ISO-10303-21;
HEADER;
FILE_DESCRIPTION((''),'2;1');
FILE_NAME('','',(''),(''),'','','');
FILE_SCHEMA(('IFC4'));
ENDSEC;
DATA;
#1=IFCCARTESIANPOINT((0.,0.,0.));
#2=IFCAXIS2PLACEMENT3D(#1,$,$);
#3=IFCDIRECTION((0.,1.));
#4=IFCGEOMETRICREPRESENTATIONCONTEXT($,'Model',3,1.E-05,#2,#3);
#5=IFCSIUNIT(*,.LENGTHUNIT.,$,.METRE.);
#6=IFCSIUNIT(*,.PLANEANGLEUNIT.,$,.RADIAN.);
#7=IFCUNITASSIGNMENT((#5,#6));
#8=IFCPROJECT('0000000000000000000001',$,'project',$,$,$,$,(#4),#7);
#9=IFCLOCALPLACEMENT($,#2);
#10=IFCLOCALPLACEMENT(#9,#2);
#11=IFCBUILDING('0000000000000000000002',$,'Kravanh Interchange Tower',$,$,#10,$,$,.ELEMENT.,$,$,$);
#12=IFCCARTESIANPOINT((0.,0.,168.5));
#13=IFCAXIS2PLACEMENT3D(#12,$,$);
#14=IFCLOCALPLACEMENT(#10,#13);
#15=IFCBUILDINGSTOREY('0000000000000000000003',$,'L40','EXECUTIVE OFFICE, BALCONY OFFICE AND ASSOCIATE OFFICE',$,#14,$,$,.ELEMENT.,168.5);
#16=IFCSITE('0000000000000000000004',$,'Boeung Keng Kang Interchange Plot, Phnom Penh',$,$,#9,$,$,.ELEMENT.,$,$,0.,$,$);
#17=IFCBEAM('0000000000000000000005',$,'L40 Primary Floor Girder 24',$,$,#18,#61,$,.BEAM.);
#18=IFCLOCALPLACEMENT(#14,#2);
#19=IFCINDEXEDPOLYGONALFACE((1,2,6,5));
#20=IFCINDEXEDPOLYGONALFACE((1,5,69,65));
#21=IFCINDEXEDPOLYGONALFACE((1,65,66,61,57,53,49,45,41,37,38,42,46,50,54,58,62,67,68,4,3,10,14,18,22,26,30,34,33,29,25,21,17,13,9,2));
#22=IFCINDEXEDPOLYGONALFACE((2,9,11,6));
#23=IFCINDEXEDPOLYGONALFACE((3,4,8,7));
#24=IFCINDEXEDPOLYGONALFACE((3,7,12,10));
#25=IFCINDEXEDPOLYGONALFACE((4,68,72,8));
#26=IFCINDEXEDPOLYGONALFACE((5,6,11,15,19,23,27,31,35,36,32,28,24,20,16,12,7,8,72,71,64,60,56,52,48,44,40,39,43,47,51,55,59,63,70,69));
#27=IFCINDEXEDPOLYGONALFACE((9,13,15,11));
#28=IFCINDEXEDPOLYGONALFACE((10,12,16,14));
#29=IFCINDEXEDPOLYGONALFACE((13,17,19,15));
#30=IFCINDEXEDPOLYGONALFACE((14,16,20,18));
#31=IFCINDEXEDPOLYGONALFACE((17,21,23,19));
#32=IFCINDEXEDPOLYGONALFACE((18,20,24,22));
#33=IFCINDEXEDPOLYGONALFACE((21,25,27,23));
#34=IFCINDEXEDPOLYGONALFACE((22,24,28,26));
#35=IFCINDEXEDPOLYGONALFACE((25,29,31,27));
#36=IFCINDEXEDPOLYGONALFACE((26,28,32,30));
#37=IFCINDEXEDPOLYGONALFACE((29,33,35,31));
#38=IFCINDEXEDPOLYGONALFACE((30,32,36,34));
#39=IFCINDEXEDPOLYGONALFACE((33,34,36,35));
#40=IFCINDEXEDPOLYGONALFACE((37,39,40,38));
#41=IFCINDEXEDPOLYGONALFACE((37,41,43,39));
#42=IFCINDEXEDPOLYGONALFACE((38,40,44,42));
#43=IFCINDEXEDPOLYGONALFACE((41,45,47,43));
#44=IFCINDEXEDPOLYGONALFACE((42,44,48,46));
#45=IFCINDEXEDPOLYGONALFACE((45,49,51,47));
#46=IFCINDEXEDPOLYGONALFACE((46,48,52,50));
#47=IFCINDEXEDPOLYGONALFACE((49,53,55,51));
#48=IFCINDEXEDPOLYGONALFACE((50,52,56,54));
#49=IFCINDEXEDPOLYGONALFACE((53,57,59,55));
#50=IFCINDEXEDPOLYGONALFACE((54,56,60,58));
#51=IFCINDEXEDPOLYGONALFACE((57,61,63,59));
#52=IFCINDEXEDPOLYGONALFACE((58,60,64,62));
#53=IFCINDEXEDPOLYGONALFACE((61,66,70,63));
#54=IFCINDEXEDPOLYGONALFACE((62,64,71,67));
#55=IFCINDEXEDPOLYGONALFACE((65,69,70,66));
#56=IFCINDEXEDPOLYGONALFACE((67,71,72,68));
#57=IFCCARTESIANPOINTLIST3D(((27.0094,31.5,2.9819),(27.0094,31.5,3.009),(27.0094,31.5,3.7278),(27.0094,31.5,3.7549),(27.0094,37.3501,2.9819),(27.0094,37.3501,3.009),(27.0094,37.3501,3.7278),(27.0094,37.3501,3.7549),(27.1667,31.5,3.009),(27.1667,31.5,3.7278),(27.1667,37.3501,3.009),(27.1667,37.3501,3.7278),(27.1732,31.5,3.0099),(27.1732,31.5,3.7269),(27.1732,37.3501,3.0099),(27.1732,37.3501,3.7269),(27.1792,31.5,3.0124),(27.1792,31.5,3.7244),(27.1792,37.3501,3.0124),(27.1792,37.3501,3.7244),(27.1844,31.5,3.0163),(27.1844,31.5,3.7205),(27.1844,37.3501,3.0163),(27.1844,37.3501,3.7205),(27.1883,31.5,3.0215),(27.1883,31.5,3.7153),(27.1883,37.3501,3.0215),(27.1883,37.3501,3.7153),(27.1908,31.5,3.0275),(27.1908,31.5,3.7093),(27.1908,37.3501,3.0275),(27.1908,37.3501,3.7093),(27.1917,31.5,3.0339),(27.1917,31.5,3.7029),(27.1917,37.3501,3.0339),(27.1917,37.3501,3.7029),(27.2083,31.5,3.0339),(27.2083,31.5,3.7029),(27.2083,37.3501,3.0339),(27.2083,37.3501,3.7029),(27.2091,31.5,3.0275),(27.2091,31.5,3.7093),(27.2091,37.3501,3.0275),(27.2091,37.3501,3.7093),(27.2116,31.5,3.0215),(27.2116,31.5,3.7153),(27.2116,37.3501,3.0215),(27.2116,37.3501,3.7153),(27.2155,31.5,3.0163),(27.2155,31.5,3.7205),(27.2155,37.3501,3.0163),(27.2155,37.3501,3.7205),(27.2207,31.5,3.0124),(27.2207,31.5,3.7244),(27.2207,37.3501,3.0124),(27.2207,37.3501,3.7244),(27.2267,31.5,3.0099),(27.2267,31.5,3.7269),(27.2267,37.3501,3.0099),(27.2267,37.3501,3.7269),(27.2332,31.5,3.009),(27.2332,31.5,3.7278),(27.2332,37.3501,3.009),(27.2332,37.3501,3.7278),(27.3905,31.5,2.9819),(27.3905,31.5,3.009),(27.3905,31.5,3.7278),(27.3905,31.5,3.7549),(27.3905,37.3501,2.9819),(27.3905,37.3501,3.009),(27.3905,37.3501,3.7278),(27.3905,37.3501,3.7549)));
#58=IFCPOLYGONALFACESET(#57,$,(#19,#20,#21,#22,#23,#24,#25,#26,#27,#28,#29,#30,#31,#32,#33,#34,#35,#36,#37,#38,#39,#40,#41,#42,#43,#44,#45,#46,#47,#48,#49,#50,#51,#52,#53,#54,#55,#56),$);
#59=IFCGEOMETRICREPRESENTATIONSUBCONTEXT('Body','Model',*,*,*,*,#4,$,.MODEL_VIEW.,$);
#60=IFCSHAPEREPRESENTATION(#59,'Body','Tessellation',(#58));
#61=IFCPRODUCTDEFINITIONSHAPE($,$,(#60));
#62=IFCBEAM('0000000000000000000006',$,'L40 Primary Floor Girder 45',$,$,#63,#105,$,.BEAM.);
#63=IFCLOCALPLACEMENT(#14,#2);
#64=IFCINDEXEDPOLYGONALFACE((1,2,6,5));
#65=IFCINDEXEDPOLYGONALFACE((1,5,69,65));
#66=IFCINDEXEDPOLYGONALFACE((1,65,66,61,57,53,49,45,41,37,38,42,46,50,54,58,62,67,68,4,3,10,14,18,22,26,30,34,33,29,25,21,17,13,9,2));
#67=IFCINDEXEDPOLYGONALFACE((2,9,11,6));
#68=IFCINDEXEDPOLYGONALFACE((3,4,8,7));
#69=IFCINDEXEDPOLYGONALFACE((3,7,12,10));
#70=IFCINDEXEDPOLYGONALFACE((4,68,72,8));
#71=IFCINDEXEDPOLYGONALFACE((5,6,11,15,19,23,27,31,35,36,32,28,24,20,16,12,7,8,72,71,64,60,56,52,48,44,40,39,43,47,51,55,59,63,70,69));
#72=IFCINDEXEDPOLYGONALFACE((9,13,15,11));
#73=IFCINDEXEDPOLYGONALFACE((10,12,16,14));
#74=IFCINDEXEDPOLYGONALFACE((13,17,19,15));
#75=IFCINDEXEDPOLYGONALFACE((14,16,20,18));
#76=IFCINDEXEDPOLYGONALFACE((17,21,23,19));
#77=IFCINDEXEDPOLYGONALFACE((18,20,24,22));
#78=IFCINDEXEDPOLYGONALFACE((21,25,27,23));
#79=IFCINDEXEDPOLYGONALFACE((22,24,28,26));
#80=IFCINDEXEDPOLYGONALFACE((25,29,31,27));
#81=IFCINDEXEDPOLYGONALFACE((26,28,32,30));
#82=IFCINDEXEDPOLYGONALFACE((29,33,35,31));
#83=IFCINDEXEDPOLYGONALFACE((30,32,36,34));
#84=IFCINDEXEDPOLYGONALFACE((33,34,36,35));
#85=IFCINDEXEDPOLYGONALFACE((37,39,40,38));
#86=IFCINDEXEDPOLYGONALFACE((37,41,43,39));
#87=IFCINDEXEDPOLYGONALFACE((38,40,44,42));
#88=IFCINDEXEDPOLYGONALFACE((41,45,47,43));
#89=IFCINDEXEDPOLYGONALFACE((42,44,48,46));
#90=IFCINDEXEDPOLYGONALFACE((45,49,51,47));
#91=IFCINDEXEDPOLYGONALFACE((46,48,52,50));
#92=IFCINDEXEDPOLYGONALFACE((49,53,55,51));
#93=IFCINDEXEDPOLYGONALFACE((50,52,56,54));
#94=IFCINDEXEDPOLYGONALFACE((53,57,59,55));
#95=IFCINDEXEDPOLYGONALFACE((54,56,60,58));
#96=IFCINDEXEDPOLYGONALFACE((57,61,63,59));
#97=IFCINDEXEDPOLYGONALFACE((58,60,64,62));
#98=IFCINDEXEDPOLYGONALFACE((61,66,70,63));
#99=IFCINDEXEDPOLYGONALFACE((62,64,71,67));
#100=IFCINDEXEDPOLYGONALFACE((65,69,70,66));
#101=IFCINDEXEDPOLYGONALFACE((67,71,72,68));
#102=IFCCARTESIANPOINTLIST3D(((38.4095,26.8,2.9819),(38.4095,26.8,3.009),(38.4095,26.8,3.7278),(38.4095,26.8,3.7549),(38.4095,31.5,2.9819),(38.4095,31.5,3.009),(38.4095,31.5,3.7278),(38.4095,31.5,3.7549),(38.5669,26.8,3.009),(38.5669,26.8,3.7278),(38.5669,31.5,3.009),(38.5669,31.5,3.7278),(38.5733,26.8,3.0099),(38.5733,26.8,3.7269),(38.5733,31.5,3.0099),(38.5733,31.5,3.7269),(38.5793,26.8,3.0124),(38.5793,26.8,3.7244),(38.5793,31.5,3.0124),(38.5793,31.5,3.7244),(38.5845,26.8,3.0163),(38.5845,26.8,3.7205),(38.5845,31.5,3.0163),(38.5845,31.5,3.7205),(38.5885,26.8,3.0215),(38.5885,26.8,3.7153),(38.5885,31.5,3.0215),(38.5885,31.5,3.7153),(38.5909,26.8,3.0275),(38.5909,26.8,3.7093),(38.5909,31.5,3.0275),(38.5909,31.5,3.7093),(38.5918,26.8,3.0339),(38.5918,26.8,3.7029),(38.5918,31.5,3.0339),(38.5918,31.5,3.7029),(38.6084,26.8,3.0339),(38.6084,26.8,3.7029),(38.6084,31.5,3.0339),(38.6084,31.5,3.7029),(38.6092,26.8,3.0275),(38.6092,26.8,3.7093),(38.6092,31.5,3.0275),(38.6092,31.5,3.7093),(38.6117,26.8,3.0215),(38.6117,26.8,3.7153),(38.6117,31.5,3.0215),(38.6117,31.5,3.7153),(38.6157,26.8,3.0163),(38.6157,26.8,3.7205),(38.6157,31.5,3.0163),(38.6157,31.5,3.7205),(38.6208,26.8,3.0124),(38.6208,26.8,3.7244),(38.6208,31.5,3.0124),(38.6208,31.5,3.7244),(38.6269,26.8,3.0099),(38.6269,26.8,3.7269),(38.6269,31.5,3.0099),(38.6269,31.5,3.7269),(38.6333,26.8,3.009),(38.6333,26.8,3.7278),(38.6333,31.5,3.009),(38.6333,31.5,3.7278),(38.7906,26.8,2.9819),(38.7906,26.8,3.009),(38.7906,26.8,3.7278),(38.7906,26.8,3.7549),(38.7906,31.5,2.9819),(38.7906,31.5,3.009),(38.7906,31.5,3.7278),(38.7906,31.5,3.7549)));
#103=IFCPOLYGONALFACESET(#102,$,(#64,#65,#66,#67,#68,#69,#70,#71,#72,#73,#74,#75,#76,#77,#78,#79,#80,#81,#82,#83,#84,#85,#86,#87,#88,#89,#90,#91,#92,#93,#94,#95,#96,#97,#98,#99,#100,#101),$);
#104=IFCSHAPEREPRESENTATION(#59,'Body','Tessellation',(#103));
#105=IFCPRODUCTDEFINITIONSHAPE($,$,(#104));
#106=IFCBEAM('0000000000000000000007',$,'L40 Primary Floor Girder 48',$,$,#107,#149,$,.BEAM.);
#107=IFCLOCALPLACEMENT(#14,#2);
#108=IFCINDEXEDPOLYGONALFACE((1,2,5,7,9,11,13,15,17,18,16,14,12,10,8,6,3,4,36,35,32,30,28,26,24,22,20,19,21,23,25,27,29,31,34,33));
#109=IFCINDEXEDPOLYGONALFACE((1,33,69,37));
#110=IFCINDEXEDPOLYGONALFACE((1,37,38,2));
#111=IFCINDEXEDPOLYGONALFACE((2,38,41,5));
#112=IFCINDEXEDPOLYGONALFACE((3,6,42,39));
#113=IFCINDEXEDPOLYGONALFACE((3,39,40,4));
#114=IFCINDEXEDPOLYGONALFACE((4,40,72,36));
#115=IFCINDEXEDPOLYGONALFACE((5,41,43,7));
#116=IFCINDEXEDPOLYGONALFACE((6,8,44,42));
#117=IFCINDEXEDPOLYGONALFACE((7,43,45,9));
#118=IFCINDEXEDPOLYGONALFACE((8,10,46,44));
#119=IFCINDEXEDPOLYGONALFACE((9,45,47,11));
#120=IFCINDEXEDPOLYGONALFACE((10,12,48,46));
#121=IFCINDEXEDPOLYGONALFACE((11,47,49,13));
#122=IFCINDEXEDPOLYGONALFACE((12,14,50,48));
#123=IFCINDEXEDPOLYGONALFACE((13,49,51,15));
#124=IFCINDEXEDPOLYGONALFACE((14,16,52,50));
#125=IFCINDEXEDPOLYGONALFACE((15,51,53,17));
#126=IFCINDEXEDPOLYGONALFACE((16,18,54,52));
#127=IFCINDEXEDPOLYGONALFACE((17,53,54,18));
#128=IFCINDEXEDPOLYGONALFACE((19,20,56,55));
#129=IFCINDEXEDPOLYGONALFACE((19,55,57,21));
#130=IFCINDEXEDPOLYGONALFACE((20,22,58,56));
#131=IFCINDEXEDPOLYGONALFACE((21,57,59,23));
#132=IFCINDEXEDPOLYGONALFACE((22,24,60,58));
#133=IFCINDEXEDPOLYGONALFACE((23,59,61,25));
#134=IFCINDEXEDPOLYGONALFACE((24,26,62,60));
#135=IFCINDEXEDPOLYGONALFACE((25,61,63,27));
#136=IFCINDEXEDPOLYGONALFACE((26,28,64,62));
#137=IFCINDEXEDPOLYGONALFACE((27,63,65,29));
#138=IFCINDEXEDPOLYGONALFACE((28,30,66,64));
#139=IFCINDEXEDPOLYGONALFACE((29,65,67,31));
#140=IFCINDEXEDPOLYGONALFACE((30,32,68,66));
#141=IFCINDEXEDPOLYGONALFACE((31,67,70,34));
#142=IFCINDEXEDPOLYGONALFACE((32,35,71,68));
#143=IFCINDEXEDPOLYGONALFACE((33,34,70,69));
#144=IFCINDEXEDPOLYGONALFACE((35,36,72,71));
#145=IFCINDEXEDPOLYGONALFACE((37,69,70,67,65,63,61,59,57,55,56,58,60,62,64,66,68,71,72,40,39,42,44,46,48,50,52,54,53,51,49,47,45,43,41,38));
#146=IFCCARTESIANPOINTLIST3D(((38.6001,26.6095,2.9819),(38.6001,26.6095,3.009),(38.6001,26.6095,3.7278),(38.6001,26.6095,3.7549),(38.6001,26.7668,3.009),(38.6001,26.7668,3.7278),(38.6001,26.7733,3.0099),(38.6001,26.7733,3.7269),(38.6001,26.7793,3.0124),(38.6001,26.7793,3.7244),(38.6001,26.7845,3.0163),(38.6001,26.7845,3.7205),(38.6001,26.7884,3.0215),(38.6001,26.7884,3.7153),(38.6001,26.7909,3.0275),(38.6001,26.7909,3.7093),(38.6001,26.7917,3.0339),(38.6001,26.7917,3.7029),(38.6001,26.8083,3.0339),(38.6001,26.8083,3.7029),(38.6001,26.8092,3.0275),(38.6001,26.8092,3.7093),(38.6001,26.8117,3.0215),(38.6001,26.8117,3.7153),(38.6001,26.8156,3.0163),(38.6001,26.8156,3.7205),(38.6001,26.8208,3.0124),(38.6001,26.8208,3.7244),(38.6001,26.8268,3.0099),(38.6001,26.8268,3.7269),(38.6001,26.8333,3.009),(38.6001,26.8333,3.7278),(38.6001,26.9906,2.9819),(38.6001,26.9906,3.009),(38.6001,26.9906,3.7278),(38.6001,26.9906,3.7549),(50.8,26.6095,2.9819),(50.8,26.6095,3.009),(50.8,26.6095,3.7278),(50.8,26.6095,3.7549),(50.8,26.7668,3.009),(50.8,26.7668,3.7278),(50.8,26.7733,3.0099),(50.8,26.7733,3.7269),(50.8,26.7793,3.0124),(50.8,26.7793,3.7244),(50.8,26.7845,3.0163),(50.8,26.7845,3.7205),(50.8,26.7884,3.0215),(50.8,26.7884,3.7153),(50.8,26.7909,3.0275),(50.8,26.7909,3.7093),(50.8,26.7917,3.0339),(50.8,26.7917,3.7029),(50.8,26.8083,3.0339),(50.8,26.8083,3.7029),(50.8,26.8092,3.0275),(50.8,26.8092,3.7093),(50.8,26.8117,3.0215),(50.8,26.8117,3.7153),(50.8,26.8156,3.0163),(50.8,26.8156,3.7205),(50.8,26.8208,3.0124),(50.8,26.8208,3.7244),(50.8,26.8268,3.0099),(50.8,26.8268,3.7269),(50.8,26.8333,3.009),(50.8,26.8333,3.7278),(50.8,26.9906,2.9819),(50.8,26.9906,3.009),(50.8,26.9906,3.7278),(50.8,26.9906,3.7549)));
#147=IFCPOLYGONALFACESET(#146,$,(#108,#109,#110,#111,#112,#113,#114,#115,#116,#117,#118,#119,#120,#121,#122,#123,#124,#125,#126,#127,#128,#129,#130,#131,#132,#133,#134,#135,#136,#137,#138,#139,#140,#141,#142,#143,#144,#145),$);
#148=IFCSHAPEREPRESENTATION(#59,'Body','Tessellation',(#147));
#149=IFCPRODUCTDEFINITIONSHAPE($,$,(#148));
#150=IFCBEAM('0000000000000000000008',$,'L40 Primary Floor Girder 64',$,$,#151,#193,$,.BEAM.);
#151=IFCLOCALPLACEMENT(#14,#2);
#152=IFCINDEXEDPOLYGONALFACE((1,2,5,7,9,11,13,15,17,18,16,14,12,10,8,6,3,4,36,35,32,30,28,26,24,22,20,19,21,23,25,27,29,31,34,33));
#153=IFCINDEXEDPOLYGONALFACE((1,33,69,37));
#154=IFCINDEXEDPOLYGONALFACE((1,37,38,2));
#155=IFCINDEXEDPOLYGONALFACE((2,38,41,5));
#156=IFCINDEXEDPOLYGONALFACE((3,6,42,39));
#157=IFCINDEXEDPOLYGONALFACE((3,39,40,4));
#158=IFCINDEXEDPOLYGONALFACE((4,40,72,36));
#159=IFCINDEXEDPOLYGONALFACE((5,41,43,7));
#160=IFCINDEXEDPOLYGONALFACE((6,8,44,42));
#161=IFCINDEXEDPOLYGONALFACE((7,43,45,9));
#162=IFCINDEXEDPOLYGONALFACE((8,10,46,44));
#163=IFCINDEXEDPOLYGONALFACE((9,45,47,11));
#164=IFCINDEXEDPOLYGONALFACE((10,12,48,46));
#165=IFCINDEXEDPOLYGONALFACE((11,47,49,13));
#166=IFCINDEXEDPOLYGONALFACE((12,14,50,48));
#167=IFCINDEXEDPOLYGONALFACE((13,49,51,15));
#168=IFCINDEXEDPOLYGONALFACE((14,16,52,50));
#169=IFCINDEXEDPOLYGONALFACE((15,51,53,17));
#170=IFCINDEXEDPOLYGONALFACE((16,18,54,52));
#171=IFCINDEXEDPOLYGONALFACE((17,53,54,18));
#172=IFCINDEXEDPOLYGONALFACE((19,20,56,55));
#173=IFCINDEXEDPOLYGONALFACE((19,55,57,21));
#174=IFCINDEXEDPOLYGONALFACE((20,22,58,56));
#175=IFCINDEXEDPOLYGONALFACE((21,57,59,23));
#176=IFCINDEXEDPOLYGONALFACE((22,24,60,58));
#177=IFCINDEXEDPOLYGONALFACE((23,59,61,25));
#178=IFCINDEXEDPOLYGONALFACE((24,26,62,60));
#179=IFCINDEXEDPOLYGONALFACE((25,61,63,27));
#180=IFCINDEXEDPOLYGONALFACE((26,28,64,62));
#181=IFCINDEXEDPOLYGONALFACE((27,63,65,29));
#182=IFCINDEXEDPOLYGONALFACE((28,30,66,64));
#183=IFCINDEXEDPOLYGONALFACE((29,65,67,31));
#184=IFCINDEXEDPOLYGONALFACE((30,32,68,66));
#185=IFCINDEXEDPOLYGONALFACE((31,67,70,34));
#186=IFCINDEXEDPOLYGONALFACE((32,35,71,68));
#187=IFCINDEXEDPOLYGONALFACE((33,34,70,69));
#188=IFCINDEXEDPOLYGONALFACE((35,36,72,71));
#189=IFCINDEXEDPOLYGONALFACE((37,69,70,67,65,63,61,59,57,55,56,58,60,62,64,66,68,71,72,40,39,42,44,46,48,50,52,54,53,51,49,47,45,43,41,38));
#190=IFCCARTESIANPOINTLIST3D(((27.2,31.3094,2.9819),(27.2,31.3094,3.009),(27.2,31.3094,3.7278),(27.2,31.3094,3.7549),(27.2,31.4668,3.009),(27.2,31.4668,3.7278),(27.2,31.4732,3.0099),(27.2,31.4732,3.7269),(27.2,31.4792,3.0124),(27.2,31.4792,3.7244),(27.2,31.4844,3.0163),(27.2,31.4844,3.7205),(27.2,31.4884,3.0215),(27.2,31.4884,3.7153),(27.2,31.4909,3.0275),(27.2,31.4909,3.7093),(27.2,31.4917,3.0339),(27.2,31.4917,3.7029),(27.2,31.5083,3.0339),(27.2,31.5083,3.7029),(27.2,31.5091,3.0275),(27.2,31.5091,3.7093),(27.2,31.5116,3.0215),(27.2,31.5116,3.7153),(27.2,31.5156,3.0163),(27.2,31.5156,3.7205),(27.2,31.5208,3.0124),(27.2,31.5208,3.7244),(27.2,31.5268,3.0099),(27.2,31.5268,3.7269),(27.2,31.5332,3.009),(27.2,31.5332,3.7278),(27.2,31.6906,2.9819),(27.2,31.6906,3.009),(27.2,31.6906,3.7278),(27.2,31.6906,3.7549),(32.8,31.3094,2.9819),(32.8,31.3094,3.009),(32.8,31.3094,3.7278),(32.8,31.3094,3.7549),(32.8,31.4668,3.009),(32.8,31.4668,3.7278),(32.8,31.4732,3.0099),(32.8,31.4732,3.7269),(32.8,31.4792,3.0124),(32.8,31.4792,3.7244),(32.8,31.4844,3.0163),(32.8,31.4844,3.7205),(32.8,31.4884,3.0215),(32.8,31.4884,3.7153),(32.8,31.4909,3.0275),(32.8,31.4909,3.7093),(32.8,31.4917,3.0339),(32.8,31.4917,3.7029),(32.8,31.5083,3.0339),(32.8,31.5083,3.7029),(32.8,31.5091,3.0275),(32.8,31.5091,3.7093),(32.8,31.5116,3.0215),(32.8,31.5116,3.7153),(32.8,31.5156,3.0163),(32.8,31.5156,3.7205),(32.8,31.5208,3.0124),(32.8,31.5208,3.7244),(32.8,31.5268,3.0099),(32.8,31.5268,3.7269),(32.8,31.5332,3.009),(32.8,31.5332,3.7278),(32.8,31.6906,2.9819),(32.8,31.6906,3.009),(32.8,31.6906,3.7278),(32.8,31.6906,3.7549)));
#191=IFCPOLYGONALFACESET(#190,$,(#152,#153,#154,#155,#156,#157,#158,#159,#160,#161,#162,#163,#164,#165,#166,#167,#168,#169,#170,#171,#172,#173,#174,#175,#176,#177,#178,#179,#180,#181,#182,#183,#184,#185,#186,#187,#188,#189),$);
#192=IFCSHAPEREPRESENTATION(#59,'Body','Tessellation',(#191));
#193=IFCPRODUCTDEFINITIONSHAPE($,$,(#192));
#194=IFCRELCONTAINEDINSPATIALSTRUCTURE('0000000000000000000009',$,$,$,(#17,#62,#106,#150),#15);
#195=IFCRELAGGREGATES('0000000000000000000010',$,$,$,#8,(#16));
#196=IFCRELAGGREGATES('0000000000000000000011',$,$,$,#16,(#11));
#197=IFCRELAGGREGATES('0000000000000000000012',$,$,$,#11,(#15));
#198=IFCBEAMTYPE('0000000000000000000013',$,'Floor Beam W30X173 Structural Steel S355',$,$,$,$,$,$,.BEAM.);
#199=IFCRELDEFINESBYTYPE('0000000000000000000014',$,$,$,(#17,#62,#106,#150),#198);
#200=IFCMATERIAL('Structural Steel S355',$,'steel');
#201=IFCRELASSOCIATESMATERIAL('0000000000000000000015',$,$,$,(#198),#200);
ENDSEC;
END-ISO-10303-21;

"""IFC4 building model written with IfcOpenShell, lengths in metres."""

from ifc_helpers import new_model, si_unit, direction, frame, origin, origin_2d, place, context, subcontext, project, spatial, i_section, extrude, material, material_profile, profile_set, type_object, element, save


model = new_model("IFC4")

# Units and contexts
model_context = context("Model", 3, precision=1e-05, world=origin(), true_north=direction((0.0, 1.0)))
body_context = subcontext(model_context, "Body", "Model", "MODEL_VIEW")
ifc_project = project(units=[si_unit("LENGTHUNIT", "METRE"), si_unit("PLANEANGLEUNIT", "RADIAN")], contexts=[model_context])

# Site, building, storey
site_placement = place(None, origin())
site = spatial("IfcSite", under=ifc_project, at=site_placement, Name="Boeung Keng Kang Interchange Plot, Phnom Penh", CompositionType="ELEMENT", RefElevation=0.0)
building_placement = place(site_placement, origin())
building = spatial("IfcBuilding", under=site, at=building_placement, Name="Kravanh Interchange Tower", CompositionType="ELEMENT")
storey_placement = place(building_placement, frame((0.0, 0.0, 168.5)))
storey = spatial("IfcBuildingStorey", under=building, at=storey_placement, Name="L40", Description="EXECUTIVE OFFICE, BALCONY OFFICE AND ASSOCIATE OFFICE", CompositionType="ELEMENT", Elevation=168.5)

# Beams
ifc_material_1 = material(Name="Structural Steel S355", Category="steel")
ifc_material_profile_1 = material_profile(ifc_material_1, i_section(OverallWidth=0.3811, OverallDepth=0.7729, WebThickness=0.0166, FlangeThickness=0.0271, FilletRadius=0.0249, at=origin_2d()), Name="W30X173")
ifc_profile_set_1 = profile_set([ifc_material_profile_1], Name="Structural Steel S355")
beam_type_1 = type_object("IfcBeamType", Name="Floor Beam W30X173 Structural Steel S355", PredefinedType="BEAM", material=ifc_profile_set_1)
beam_1_placement = place(storey_placement, frame((27.2, 37.3501, 3.3684), z_axis=(0.0, -1.0, 0.0), x_axis=(1.0, 0.0, 0.0)))
element("IfcBeam", 1, at=beam_1_placement, inside=storey, type_object=beam_type_1, Name="L40 Primary Floor Girder 24", PredefinedType="BEAM", context=body_context, shape_type="SweptSolid", body=[
    extrude(i_section(OverallWidth=0.3811, OverallDepth=0.7729, WebThickness=0.0166, FlangeThickness=0.0271, FilletRadius=0.0249, at=origin_2d()), origin(), (0.0, 0.0, 1.0), 5.8501),
])
beam_2_placement = place(storey_placement, frame((38.6001, 26.8, 3.3684), z_axis=(0.0, 1.0, 0.0), x_axis=(-1.0, 0.0, 0.0)))
element("IfcBeam", 2, at=beam_2_placement, inside=storey, type_object=beam_type_1, Name="L40 Primary Floor Girder 45", PredefinedType="BEAM", context=body_context, shape_type="SweptSolid", body=[
    extrude(i_section(OverallWidth=0.3811, OverallDepth=0.7729, WebThickness=0.0166, FlangeThickness=0.0271, FilletRadius=0.0249, at=origin_2d()), origin(), (0.0, 0.0, 1.0), 4.7),
])
beam_3_placement = place(storey_placement, frame((38.6001, 26.8, 3.3684), z_axis=(1.0, 0.0, 0.0), x_axis=(0.0, 1.0, 0.0)))
element("IfcBeam", 3, at=beam_3_placement, inside=storey, type_object=beam_type_1, Name="L40 Primary Floor Girder 48", PredefinedType="BEAM", context=body_context, shape_type="SweptSolid", body=[
    extrude(i_section(OverallWidth=0.3811, OverallDepth=0.7729, WebThickness=0.0166, FlangeThickness=0.0271, FilletRadius=0.0249, at=origin_2d()), origin(), (0.0, 0.0, 1.0), 12.2),
])
beam_4_placement = place(storey_placement, frame((27.2, 31.5, 3.3684), z_axis=(1.0, 0.0, 0.0), x_axis=(0.0, 1.0, 0.0)))
element("IfcBeam", 4, at=beam_4_placement, inside=storey, type_object=beam_type_1, Name="L40 Primary Floor Girder 64", PredefinedType="BEAM", context=body_context, shape_type="SweptSolid", body=[
    extrude(i_section(OverallWidth=0.3811, OverallDepth=0.7729, WebThickness=0.0166, FlangeThickness=0.0271, FilletRadius=0.0249, at=origin_2d()), origin(), (0.0, 0.0, 1.0), 5.6001),
])

save(model, "model.ifc")
